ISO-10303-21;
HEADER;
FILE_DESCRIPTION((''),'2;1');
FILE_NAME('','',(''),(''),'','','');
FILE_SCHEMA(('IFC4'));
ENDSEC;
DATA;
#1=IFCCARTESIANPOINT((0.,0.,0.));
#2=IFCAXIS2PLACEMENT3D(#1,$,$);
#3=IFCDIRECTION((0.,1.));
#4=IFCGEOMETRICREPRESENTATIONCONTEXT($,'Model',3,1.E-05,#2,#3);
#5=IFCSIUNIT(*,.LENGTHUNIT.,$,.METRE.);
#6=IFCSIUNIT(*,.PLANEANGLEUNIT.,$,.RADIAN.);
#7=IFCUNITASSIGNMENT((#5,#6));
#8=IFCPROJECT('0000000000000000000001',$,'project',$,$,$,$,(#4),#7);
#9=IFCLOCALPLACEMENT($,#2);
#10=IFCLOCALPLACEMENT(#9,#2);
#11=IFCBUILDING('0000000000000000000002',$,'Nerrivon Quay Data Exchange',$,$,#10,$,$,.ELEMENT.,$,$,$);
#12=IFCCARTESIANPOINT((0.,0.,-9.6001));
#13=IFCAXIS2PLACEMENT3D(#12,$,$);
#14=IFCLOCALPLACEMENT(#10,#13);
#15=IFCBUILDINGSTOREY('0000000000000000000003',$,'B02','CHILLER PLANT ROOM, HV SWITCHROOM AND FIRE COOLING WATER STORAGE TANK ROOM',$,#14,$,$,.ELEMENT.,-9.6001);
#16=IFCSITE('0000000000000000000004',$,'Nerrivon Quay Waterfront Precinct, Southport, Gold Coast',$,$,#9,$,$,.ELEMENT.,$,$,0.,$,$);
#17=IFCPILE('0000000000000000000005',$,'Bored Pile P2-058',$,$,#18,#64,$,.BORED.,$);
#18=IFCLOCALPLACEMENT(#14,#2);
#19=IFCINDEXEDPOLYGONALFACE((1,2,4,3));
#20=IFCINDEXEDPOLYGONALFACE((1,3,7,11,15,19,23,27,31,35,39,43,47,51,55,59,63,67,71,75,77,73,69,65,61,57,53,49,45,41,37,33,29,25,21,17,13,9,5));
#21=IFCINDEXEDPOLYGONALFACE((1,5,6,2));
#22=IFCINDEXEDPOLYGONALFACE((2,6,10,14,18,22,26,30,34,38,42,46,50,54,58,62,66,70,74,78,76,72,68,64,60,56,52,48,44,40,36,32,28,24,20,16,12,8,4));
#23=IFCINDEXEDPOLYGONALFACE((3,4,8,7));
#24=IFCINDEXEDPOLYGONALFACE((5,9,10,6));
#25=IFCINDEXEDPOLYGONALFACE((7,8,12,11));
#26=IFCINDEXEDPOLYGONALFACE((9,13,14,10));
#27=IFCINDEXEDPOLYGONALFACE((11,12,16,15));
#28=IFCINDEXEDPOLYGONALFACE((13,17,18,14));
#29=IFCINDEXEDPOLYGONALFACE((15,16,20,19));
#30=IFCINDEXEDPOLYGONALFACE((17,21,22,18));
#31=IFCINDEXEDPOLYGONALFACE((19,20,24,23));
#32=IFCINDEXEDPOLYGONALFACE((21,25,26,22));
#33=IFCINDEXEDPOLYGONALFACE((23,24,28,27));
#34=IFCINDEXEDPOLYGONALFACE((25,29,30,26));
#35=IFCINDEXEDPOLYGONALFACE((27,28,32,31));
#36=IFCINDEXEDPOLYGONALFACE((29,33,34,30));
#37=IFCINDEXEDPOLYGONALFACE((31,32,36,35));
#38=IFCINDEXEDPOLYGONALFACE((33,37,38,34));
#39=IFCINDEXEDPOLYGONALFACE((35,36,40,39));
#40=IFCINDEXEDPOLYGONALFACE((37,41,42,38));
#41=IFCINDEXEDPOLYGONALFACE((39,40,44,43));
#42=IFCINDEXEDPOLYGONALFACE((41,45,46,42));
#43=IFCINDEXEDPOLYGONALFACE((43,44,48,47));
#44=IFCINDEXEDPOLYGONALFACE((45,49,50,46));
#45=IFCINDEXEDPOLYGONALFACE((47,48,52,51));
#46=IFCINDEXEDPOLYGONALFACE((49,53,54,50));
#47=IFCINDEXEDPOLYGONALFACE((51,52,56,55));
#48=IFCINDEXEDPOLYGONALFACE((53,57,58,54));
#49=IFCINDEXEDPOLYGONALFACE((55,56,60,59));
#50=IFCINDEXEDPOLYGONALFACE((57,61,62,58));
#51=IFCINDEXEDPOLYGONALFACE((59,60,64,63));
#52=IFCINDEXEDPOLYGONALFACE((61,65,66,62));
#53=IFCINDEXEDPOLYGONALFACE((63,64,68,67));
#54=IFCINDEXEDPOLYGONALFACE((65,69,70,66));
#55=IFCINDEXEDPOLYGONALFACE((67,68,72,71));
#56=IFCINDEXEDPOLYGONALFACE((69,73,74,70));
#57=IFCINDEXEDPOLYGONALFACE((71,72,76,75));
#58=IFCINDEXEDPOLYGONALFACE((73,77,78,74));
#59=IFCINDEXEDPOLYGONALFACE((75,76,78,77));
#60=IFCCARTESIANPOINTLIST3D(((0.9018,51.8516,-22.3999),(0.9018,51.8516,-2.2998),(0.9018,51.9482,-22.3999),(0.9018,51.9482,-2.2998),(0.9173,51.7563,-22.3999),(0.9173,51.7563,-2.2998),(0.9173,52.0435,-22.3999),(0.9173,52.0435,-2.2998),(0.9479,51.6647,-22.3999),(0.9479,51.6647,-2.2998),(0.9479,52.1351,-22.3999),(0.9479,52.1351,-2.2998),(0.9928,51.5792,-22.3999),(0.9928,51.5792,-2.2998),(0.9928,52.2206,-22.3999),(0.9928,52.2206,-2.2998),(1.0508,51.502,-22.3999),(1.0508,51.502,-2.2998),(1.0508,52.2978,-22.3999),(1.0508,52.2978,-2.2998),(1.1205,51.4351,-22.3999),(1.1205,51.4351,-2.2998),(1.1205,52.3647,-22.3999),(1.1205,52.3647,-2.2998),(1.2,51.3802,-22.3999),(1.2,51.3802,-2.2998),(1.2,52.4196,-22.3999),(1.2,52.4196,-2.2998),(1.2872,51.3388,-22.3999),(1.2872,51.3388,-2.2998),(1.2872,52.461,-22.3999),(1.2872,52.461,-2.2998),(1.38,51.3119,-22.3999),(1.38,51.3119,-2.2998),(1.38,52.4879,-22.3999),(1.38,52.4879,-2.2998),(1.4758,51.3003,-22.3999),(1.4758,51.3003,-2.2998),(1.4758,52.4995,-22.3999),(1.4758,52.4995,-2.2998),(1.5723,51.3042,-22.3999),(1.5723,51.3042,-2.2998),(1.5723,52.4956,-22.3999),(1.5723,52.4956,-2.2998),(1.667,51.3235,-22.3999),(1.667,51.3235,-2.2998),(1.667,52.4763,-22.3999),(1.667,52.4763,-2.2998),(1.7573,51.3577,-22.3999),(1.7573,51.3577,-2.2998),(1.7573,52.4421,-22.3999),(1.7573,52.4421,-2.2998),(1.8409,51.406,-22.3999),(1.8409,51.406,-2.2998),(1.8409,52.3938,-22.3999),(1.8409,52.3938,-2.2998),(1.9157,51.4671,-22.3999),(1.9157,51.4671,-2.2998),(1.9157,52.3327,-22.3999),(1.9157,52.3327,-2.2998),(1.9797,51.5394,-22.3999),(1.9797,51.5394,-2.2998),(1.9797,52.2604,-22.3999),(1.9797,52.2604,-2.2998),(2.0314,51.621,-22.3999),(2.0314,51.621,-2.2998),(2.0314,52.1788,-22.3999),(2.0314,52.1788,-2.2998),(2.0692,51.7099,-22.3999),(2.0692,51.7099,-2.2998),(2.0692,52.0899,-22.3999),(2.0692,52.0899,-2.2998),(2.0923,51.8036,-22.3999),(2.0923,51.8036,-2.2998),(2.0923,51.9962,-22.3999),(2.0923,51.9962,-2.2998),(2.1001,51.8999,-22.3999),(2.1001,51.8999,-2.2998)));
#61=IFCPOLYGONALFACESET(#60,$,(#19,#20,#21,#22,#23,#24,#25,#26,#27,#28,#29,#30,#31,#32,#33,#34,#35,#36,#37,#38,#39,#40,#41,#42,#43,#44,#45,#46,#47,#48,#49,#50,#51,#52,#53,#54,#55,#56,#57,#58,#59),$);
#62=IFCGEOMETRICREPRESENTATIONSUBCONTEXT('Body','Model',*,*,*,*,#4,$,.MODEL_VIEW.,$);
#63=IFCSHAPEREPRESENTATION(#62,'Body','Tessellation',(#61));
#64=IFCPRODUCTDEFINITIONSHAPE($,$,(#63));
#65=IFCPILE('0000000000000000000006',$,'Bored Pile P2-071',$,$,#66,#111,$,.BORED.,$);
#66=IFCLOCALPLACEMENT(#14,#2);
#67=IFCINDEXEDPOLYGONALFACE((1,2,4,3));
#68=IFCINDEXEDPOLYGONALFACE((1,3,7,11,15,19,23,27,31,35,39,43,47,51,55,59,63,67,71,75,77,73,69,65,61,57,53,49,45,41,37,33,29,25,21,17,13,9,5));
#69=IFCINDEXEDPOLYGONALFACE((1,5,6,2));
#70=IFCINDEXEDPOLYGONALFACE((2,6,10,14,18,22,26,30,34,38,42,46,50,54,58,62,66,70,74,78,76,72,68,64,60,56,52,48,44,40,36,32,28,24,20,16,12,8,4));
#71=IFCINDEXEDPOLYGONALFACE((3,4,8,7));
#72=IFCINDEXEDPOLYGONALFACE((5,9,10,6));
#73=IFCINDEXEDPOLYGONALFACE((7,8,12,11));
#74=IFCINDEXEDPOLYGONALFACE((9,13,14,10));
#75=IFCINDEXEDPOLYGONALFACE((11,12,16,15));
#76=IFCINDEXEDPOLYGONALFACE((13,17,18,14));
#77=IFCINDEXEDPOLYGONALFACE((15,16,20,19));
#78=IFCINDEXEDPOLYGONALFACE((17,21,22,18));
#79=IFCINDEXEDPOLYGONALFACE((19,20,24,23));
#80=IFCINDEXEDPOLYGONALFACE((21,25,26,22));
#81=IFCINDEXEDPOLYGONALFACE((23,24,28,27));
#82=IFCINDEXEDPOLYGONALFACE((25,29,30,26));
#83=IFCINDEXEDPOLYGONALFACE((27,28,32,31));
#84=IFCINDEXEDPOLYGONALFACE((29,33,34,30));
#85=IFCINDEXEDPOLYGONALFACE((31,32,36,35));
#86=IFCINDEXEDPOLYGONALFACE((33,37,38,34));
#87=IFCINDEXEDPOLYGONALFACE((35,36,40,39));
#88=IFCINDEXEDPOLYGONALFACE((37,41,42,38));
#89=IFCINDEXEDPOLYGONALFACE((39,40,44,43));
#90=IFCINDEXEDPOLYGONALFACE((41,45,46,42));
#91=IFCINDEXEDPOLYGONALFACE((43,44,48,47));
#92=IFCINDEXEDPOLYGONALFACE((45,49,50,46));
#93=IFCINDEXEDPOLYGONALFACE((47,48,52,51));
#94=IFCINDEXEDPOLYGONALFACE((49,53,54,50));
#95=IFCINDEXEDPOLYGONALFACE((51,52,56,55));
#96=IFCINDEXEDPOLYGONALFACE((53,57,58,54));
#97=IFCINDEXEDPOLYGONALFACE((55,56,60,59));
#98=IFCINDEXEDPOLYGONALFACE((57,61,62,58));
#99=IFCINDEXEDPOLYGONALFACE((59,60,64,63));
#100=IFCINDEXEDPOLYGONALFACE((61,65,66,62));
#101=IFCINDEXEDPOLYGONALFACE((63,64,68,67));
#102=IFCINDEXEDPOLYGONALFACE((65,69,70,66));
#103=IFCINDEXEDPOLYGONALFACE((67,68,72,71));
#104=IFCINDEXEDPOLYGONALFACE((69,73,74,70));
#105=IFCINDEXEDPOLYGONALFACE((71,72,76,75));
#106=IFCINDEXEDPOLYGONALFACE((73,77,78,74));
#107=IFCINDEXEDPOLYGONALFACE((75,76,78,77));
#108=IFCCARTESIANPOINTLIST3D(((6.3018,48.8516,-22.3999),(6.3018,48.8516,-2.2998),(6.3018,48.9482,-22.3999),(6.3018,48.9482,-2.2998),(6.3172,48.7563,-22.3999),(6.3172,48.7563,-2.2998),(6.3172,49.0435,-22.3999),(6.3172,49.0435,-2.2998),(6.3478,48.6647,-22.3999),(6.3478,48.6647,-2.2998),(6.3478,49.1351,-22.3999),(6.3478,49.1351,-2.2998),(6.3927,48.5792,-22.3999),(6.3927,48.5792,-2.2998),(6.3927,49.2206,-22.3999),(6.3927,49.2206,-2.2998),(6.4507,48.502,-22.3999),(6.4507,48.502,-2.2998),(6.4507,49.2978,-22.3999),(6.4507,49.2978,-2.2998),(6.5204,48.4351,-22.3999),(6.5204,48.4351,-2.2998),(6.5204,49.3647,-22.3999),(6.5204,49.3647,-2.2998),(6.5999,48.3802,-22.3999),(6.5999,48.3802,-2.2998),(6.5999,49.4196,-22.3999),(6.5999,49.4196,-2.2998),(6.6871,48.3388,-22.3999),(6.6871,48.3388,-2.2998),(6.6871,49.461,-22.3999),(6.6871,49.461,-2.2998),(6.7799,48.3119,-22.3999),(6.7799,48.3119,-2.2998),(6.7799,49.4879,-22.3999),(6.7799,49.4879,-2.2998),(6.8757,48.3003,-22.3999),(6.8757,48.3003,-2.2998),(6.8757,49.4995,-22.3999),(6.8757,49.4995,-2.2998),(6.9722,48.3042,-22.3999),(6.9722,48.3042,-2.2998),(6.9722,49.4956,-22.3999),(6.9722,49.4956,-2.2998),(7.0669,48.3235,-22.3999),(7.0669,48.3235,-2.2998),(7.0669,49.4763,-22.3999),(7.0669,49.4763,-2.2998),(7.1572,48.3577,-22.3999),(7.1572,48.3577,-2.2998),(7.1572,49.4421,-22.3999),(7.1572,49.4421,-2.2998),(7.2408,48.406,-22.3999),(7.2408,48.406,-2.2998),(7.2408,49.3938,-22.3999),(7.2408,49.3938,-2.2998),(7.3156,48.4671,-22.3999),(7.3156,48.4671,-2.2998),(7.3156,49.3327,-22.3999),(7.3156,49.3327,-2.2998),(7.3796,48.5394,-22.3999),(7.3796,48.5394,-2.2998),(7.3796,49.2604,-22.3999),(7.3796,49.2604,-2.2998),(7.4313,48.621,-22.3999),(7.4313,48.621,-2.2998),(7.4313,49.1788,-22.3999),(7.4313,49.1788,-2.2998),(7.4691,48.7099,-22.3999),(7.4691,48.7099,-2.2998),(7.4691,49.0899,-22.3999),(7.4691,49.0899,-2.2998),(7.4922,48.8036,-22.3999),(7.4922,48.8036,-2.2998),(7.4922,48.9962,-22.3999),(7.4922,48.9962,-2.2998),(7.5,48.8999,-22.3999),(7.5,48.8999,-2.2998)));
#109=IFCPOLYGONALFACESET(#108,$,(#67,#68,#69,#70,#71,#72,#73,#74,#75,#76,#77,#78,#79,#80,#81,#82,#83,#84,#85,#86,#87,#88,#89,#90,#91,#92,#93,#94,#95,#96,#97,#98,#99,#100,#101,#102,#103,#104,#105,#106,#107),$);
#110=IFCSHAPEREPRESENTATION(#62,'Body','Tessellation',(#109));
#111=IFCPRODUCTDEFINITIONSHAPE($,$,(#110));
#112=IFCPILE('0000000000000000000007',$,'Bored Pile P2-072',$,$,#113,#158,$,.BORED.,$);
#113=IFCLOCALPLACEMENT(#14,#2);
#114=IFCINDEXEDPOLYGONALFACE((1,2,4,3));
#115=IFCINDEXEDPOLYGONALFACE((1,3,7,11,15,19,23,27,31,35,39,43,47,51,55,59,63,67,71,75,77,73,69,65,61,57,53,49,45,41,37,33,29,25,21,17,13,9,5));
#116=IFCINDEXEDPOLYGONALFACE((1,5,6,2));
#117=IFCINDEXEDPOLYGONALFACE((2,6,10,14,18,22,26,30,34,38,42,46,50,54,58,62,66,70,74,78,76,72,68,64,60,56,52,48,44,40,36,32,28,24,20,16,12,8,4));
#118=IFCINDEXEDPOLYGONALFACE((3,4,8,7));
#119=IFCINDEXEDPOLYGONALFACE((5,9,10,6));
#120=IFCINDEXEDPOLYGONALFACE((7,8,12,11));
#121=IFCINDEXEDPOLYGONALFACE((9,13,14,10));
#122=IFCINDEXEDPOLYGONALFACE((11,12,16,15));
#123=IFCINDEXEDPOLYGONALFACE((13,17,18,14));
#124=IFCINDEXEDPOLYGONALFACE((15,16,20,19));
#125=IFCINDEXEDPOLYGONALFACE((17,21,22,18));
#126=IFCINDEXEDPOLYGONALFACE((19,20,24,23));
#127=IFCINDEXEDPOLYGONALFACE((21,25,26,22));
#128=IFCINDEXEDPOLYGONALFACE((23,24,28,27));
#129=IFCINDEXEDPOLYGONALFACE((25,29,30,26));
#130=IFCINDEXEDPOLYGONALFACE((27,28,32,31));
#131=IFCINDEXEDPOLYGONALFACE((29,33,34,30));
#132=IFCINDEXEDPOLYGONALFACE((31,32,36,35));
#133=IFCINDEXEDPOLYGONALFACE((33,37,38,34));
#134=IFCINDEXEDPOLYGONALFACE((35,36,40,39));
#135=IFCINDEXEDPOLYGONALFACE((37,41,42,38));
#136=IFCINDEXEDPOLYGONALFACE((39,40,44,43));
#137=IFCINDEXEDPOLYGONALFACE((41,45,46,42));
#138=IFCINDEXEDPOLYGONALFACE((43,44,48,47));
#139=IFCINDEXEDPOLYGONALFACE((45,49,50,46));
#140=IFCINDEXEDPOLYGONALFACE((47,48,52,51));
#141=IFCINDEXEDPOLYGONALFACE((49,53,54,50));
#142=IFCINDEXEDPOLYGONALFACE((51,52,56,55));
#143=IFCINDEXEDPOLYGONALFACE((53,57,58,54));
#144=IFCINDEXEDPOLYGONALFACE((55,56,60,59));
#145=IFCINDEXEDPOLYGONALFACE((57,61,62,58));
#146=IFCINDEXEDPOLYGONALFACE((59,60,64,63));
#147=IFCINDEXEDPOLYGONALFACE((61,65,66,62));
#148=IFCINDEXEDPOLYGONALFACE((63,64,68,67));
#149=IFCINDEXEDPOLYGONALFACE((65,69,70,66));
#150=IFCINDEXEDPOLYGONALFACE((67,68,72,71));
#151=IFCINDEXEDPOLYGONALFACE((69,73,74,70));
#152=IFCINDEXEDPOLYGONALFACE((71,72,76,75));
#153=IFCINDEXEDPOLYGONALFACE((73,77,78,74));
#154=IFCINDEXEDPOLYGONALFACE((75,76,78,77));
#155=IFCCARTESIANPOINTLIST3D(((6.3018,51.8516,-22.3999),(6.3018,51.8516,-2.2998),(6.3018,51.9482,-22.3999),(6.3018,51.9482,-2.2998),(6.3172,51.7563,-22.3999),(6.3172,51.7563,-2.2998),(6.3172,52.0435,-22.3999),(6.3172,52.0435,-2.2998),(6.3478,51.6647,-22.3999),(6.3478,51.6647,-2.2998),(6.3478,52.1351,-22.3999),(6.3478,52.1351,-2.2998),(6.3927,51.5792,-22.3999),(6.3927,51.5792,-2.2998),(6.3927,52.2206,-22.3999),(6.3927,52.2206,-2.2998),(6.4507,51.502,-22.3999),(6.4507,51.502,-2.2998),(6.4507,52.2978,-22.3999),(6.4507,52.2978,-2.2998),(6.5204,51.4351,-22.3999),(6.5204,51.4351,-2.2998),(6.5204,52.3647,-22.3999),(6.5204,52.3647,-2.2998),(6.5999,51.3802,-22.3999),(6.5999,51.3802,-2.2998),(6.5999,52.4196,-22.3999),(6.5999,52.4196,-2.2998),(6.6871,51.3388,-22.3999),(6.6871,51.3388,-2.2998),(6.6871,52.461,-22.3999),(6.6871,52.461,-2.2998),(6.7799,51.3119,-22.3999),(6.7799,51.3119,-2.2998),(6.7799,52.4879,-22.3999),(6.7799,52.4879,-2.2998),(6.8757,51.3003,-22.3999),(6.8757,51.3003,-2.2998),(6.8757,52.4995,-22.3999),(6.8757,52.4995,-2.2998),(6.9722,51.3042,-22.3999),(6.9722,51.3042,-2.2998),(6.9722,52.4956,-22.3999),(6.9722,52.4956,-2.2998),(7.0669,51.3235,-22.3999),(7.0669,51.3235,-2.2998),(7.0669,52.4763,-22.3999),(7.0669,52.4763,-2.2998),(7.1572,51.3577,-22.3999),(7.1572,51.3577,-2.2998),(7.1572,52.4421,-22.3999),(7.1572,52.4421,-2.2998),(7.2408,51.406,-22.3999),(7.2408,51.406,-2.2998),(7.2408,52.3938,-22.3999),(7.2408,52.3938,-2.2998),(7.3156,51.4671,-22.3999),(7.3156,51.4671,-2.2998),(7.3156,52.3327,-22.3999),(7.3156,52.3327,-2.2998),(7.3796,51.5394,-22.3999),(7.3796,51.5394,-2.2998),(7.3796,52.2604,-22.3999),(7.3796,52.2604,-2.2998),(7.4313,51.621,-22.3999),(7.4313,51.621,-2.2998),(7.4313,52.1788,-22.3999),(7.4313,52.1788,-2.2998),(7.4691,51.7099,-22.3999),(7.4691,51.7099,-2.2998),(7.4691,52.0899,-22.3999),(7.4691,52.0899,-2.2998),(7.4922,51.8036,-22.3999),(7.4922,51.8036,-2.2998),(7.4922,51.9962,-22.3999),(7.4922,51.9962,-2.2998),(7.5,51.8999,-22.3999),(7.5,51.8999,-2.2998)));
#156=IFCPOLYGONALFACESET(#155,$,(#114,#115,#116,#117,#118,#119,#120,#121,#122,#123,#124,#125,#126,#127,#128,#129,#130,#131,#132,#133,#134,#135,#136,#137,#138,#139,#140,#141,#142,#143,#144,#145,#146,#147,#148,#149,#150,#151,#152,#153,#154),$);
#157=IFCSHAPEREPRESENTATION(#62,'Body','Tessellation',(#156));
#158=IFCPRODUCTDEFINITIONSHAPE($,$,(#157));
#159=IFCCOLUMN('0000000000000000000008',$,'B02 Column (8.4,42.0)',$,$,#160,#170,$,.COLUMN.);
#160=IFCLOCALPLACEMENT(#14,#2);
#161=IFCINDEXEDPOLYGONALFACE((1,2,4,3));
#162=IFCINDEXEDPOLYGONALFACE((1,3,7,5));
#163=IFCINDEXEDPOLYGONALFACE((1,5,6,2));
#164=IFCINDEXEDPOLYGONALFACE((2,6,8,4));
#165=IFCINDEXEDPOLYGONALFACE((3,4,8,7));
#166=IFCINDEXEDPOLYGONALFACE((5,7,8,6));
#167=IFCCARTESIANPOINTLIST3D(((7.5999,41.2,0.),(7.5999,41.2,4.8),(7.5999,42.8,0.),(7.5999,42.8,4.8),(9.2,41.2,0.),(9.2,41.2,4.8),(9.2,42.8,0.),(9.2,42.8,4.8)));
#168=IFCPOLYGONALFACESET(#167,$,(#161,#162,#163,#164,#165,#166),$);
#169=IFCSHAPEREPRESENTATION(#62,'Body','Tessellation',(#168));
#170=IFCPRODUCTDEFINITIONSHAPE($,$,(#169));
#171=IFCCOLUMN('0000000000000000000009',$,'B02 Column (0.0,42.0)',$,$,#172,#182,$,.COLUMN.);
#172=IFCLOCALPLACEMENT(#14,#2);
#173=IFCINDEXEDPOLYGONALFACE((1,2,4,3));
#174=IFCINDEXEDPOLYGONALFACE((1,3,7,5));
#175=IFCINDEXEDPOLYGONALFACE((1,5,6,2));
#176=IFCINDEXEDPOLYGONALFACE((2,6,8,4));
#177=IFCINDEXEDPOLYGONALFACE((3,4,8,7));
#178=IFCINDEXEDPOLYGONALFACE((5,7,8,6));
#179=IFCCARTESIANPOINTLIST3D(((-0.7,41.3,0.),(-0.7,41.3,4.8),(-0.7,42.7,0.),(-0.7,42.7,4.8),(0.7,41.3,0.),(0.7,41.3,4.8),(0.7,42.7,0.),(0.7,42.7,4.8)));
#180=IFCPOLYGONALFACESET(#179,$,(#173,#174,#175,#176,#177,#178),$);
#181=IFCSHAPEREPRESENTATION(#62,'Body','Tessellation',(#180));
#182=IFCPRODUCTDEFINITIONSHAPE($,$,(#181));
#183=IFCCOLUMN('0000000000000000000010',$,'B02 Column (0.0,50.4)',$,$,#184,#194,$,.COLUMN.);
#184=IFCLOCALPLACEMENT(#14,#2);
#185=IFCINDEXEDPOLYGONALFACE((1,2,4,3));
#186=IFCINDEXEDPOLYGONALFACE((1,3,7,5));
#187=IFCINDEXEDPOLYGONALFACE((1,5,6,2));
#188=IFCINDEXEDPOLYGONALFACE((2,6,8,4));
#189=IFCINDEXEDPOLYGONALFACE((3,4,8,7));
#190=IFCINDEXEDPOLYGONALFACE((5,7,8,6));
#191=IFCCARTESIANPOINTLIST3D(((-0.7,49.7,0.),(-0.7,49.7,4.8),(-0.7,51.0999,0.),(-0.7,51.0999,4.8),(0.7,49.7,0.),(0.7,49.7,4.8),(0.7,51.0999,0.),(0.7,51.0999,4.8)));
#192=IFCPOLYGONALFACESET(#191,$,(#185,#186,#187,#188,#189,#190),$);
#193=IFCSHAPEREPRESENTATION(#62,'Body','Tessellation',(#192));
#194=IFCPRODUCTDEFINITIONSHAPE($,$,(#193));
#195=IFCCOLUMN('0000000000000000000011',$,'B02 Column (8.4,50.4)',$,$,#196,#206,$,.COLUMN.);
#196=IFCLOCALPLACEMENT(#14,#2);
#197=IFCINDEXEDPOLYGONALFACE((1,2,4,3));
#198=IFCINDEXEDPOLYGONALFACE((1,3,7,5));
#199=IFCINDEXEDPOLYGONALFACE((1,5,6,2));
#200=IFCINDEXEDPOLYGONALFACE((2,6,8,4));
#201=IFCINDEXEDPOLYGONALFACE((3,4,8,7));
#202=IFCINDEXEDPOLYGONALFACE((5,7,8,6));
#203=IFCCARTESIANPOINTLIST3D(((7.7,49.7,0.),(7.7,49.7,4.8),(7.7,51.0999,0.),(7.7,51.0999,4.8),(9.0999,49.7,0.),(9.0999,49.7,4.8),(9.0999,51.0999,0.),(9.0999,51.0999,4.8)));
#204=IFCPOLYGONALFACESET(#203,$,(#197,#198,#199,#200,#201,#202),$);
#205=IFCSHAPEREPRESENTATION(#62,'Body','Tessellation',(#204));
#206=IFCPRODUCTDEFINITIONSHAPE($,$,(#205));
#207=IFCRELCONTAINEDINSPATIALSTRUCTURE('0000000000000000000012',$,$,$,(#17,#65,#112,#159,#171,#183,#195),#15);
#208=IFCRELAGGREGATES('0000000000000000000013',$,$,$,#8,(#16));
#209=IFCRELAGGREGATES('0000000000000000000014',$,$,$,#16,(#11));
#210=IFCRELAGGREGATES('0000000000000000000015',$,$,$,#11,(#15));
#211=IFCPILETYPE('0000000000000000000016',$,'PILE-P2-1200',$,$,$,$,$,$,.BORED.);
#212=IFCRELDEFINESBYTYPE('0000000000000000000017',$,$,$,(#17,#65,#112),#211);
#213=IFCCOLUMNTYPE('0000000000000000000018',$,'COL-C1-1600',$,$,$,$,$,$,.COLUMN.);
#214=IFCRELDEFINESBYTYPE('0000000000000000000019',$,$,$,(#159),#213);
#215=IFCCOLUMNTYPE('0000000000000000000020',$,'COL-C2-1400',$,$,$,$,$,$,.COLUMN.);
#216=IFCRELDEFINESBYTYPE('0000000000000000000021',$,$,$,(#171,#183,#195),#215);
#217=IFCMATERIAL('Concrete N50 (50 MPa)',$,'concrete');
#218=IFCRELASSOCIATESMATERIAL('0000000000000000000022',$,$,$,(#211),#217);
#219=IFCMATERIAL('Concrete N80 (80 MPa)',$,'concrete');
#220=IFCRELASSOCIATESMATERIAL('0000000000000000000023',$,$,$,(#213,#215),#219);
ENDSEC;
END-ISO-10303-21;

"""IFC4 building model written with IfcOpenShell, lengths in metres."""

from ifc_helpers import new_model, si_unit, direction, frame, origin, origin_2d, place, context, subcontext, project, spatial, rectangle, circle, extrude, material, material_profile, profile_set, type_object, element, save


model = new_model("IFC4")

# Units and contexts
model_context = context("Model", 3, precision=1e-05, world=origin(), true_north=direction((0.0, 1.0)))
body_context = subcontext(model_context, "Body", "Model", "MODEL_VIEW")
ifc_project = project(units=[si_unit("LENGTHUNIT", "METRE"), si_unit("PLANEANGLEUNIT", "RADIAN")], contexts=[model_context])

# Site, building, storey
site_placement = place(None, origin())
site = spatial("IfcSite", under=ifc_project, at=site_placement, Name="Nerrivon Quay Waterfront Precinct, Southport, Gold Coast", CompositionType="ELEMENT", RefElevation=0.0)
building_placement = place(site_placement, origin())
building = spatial("IfcBuilding", under=site, at=building_placement, Name="Nerrivon Quay Data Exchange", CompositionType="ELEMENT")
storey_placement = place(building_placement, frame((0.0, 0.0, -9.6001)))
storey = spatial("IfcBuildingStorey", under=building, at=storey_placement, Name="B02", Description="CHILLER PLANT ROOM, HV SWITCHROOM AND FIRE COOLING WATER STORAGE TANK ROOM", CompositionType="ELEMENT", Elevation=-9.6001)

# Piles
ifc_material_1 = material(Name="Concrete N50 (50 MPa)", Category="concrete")
ifc_material_profile_1 = material_profile(ifc_material_1, circle(Radius=0.6001, at=origin_2d()), Name="PILE-1200")
ifc_profile_set_1 = profile_set([ifc_material_profile_1], Name="Concrete N50 (50 MPa)")
pile_type_1 = type_object("IfcPileType", Name="PILE-P2-1200", PredefinedType="BORED", material=ifc_profile_set_1)
for number, where, z_axis, x_axis, name in (
    (1, (1.5, 51.8999, -2.2998), (0.0, 0.0, -1.0), (1.0, 0.0, 0.0), "Bored Pile P2-058"),
    (2, (6.8999, 48.8999, -2.2998), (0.0, 0.0, -1.0), (1.0, 0.0, 0.0), "Bored Pile P2-071"),
    (3, (6.8999, 51.8999, -2.2998), (0.0, 0.0, -1.0), (1.0, 0.0, 0.0), "Bored Pile P2-072"),
):
    element("IfcPile", number, at=place(storey_placement, frame(where, z_axis=z_axis, x_axis=x_axis)), inside=storey, type_object=pile_type_1, Name=name, PredefinedType="BORED", context=body_context, shape_type="SweptSolid", body=[
        extrude(circle(Radius=0.6001, at=origin_2d()), origin(), (0.0, 0.0, 1.0), 20.1001),
    ])

# Columns
ifc_material_2 = material(Name="Concrete N80 (80 MPa)", Category="concrete")
ifc_material_profile_2 = material_profile(ifc_material_2, rectangle(XDim=1.6001, YDim=1.6001, at=origin_2d()), Name="RC-COL-1600x1600")
ifc_profile_set_2 = profile_set([ifc_material_profile_2], Name="Concrete N80 (80 MPa)")
column_type_1 = type_object("IfcColumnType", Name="COL-C1-1600", PredefinedType="COLUMN", material=ifc_profile_set_2)
column_placement = place(storey_placement, frame((8.3999, 42.0, 0.0), z_axis=(0.0, 0.0, 1.0), x_axis=(1.0, 0.0, 0.0)))
element("IfcColumn", 4, at=column_placement, inside=storey, type_object=column_type_1, Name="B02 Column (8.4,42.0)", PredefinedType="COLUMN", context=body_context, shape_type="SweptSolid", body=[
    extrude(rectangle(XDim=1.6001, YDim=1.6001, at=origin_2d()), origin(), (0.0, 0.0, 1.0), 4.8),
])
ifc_material_profile_3 = material_profile(ifc_material_2, rectangle(XDim=1.3999, YDim=1.3999, at=origin_2d()), Name="RC-COL-1400x1400")
ifc_profile_set_3 = profile_set([ifc_material_profile_3], Name="Concrete N80 (80 MPa)")
column_type_2 = type_object("IfcColumnType", Name="COL-C2-1400", PredefinedType="COLUMN", material=ifc_profile_set_3)
for number, where, z_axis, x_axis, name in (
    (5, (0.0, 42.0, 0.0), (0.0, 0.0, 1.0), (1.0, 0.0, 0.0), "B02 Column (0.0,42.0)"),
    (6, (0.0, 50.3999, 0.0), (0.0, 0.0, 1.0), (1.0, 0.0, 0.0), "B02 Column (0.0,50.4)"),
    (7, (8.3999, 50.3999, 0.0), (0.0, 0.0, 1.0), (1.0, 0.0, 0.0), "B02 Column (8.4,50.4)"),
):
    element("IfcColumn", number, at=place(storey_placement, frame(where, z_axis=z_axis, x_axis=x_axis)), inside=storey, type_object=column_type_2, Name=name, PredefinedType="COLUMN", context=body_context, shape_type="SweptSolid", body=[
        extrude(rectangle(XDim=1.3999, YDim=1.3999, at=origin_2d()), origin(), (0.0, 0.0, 1.0), 4.8),
    ])

save(model, "model.ifc")
